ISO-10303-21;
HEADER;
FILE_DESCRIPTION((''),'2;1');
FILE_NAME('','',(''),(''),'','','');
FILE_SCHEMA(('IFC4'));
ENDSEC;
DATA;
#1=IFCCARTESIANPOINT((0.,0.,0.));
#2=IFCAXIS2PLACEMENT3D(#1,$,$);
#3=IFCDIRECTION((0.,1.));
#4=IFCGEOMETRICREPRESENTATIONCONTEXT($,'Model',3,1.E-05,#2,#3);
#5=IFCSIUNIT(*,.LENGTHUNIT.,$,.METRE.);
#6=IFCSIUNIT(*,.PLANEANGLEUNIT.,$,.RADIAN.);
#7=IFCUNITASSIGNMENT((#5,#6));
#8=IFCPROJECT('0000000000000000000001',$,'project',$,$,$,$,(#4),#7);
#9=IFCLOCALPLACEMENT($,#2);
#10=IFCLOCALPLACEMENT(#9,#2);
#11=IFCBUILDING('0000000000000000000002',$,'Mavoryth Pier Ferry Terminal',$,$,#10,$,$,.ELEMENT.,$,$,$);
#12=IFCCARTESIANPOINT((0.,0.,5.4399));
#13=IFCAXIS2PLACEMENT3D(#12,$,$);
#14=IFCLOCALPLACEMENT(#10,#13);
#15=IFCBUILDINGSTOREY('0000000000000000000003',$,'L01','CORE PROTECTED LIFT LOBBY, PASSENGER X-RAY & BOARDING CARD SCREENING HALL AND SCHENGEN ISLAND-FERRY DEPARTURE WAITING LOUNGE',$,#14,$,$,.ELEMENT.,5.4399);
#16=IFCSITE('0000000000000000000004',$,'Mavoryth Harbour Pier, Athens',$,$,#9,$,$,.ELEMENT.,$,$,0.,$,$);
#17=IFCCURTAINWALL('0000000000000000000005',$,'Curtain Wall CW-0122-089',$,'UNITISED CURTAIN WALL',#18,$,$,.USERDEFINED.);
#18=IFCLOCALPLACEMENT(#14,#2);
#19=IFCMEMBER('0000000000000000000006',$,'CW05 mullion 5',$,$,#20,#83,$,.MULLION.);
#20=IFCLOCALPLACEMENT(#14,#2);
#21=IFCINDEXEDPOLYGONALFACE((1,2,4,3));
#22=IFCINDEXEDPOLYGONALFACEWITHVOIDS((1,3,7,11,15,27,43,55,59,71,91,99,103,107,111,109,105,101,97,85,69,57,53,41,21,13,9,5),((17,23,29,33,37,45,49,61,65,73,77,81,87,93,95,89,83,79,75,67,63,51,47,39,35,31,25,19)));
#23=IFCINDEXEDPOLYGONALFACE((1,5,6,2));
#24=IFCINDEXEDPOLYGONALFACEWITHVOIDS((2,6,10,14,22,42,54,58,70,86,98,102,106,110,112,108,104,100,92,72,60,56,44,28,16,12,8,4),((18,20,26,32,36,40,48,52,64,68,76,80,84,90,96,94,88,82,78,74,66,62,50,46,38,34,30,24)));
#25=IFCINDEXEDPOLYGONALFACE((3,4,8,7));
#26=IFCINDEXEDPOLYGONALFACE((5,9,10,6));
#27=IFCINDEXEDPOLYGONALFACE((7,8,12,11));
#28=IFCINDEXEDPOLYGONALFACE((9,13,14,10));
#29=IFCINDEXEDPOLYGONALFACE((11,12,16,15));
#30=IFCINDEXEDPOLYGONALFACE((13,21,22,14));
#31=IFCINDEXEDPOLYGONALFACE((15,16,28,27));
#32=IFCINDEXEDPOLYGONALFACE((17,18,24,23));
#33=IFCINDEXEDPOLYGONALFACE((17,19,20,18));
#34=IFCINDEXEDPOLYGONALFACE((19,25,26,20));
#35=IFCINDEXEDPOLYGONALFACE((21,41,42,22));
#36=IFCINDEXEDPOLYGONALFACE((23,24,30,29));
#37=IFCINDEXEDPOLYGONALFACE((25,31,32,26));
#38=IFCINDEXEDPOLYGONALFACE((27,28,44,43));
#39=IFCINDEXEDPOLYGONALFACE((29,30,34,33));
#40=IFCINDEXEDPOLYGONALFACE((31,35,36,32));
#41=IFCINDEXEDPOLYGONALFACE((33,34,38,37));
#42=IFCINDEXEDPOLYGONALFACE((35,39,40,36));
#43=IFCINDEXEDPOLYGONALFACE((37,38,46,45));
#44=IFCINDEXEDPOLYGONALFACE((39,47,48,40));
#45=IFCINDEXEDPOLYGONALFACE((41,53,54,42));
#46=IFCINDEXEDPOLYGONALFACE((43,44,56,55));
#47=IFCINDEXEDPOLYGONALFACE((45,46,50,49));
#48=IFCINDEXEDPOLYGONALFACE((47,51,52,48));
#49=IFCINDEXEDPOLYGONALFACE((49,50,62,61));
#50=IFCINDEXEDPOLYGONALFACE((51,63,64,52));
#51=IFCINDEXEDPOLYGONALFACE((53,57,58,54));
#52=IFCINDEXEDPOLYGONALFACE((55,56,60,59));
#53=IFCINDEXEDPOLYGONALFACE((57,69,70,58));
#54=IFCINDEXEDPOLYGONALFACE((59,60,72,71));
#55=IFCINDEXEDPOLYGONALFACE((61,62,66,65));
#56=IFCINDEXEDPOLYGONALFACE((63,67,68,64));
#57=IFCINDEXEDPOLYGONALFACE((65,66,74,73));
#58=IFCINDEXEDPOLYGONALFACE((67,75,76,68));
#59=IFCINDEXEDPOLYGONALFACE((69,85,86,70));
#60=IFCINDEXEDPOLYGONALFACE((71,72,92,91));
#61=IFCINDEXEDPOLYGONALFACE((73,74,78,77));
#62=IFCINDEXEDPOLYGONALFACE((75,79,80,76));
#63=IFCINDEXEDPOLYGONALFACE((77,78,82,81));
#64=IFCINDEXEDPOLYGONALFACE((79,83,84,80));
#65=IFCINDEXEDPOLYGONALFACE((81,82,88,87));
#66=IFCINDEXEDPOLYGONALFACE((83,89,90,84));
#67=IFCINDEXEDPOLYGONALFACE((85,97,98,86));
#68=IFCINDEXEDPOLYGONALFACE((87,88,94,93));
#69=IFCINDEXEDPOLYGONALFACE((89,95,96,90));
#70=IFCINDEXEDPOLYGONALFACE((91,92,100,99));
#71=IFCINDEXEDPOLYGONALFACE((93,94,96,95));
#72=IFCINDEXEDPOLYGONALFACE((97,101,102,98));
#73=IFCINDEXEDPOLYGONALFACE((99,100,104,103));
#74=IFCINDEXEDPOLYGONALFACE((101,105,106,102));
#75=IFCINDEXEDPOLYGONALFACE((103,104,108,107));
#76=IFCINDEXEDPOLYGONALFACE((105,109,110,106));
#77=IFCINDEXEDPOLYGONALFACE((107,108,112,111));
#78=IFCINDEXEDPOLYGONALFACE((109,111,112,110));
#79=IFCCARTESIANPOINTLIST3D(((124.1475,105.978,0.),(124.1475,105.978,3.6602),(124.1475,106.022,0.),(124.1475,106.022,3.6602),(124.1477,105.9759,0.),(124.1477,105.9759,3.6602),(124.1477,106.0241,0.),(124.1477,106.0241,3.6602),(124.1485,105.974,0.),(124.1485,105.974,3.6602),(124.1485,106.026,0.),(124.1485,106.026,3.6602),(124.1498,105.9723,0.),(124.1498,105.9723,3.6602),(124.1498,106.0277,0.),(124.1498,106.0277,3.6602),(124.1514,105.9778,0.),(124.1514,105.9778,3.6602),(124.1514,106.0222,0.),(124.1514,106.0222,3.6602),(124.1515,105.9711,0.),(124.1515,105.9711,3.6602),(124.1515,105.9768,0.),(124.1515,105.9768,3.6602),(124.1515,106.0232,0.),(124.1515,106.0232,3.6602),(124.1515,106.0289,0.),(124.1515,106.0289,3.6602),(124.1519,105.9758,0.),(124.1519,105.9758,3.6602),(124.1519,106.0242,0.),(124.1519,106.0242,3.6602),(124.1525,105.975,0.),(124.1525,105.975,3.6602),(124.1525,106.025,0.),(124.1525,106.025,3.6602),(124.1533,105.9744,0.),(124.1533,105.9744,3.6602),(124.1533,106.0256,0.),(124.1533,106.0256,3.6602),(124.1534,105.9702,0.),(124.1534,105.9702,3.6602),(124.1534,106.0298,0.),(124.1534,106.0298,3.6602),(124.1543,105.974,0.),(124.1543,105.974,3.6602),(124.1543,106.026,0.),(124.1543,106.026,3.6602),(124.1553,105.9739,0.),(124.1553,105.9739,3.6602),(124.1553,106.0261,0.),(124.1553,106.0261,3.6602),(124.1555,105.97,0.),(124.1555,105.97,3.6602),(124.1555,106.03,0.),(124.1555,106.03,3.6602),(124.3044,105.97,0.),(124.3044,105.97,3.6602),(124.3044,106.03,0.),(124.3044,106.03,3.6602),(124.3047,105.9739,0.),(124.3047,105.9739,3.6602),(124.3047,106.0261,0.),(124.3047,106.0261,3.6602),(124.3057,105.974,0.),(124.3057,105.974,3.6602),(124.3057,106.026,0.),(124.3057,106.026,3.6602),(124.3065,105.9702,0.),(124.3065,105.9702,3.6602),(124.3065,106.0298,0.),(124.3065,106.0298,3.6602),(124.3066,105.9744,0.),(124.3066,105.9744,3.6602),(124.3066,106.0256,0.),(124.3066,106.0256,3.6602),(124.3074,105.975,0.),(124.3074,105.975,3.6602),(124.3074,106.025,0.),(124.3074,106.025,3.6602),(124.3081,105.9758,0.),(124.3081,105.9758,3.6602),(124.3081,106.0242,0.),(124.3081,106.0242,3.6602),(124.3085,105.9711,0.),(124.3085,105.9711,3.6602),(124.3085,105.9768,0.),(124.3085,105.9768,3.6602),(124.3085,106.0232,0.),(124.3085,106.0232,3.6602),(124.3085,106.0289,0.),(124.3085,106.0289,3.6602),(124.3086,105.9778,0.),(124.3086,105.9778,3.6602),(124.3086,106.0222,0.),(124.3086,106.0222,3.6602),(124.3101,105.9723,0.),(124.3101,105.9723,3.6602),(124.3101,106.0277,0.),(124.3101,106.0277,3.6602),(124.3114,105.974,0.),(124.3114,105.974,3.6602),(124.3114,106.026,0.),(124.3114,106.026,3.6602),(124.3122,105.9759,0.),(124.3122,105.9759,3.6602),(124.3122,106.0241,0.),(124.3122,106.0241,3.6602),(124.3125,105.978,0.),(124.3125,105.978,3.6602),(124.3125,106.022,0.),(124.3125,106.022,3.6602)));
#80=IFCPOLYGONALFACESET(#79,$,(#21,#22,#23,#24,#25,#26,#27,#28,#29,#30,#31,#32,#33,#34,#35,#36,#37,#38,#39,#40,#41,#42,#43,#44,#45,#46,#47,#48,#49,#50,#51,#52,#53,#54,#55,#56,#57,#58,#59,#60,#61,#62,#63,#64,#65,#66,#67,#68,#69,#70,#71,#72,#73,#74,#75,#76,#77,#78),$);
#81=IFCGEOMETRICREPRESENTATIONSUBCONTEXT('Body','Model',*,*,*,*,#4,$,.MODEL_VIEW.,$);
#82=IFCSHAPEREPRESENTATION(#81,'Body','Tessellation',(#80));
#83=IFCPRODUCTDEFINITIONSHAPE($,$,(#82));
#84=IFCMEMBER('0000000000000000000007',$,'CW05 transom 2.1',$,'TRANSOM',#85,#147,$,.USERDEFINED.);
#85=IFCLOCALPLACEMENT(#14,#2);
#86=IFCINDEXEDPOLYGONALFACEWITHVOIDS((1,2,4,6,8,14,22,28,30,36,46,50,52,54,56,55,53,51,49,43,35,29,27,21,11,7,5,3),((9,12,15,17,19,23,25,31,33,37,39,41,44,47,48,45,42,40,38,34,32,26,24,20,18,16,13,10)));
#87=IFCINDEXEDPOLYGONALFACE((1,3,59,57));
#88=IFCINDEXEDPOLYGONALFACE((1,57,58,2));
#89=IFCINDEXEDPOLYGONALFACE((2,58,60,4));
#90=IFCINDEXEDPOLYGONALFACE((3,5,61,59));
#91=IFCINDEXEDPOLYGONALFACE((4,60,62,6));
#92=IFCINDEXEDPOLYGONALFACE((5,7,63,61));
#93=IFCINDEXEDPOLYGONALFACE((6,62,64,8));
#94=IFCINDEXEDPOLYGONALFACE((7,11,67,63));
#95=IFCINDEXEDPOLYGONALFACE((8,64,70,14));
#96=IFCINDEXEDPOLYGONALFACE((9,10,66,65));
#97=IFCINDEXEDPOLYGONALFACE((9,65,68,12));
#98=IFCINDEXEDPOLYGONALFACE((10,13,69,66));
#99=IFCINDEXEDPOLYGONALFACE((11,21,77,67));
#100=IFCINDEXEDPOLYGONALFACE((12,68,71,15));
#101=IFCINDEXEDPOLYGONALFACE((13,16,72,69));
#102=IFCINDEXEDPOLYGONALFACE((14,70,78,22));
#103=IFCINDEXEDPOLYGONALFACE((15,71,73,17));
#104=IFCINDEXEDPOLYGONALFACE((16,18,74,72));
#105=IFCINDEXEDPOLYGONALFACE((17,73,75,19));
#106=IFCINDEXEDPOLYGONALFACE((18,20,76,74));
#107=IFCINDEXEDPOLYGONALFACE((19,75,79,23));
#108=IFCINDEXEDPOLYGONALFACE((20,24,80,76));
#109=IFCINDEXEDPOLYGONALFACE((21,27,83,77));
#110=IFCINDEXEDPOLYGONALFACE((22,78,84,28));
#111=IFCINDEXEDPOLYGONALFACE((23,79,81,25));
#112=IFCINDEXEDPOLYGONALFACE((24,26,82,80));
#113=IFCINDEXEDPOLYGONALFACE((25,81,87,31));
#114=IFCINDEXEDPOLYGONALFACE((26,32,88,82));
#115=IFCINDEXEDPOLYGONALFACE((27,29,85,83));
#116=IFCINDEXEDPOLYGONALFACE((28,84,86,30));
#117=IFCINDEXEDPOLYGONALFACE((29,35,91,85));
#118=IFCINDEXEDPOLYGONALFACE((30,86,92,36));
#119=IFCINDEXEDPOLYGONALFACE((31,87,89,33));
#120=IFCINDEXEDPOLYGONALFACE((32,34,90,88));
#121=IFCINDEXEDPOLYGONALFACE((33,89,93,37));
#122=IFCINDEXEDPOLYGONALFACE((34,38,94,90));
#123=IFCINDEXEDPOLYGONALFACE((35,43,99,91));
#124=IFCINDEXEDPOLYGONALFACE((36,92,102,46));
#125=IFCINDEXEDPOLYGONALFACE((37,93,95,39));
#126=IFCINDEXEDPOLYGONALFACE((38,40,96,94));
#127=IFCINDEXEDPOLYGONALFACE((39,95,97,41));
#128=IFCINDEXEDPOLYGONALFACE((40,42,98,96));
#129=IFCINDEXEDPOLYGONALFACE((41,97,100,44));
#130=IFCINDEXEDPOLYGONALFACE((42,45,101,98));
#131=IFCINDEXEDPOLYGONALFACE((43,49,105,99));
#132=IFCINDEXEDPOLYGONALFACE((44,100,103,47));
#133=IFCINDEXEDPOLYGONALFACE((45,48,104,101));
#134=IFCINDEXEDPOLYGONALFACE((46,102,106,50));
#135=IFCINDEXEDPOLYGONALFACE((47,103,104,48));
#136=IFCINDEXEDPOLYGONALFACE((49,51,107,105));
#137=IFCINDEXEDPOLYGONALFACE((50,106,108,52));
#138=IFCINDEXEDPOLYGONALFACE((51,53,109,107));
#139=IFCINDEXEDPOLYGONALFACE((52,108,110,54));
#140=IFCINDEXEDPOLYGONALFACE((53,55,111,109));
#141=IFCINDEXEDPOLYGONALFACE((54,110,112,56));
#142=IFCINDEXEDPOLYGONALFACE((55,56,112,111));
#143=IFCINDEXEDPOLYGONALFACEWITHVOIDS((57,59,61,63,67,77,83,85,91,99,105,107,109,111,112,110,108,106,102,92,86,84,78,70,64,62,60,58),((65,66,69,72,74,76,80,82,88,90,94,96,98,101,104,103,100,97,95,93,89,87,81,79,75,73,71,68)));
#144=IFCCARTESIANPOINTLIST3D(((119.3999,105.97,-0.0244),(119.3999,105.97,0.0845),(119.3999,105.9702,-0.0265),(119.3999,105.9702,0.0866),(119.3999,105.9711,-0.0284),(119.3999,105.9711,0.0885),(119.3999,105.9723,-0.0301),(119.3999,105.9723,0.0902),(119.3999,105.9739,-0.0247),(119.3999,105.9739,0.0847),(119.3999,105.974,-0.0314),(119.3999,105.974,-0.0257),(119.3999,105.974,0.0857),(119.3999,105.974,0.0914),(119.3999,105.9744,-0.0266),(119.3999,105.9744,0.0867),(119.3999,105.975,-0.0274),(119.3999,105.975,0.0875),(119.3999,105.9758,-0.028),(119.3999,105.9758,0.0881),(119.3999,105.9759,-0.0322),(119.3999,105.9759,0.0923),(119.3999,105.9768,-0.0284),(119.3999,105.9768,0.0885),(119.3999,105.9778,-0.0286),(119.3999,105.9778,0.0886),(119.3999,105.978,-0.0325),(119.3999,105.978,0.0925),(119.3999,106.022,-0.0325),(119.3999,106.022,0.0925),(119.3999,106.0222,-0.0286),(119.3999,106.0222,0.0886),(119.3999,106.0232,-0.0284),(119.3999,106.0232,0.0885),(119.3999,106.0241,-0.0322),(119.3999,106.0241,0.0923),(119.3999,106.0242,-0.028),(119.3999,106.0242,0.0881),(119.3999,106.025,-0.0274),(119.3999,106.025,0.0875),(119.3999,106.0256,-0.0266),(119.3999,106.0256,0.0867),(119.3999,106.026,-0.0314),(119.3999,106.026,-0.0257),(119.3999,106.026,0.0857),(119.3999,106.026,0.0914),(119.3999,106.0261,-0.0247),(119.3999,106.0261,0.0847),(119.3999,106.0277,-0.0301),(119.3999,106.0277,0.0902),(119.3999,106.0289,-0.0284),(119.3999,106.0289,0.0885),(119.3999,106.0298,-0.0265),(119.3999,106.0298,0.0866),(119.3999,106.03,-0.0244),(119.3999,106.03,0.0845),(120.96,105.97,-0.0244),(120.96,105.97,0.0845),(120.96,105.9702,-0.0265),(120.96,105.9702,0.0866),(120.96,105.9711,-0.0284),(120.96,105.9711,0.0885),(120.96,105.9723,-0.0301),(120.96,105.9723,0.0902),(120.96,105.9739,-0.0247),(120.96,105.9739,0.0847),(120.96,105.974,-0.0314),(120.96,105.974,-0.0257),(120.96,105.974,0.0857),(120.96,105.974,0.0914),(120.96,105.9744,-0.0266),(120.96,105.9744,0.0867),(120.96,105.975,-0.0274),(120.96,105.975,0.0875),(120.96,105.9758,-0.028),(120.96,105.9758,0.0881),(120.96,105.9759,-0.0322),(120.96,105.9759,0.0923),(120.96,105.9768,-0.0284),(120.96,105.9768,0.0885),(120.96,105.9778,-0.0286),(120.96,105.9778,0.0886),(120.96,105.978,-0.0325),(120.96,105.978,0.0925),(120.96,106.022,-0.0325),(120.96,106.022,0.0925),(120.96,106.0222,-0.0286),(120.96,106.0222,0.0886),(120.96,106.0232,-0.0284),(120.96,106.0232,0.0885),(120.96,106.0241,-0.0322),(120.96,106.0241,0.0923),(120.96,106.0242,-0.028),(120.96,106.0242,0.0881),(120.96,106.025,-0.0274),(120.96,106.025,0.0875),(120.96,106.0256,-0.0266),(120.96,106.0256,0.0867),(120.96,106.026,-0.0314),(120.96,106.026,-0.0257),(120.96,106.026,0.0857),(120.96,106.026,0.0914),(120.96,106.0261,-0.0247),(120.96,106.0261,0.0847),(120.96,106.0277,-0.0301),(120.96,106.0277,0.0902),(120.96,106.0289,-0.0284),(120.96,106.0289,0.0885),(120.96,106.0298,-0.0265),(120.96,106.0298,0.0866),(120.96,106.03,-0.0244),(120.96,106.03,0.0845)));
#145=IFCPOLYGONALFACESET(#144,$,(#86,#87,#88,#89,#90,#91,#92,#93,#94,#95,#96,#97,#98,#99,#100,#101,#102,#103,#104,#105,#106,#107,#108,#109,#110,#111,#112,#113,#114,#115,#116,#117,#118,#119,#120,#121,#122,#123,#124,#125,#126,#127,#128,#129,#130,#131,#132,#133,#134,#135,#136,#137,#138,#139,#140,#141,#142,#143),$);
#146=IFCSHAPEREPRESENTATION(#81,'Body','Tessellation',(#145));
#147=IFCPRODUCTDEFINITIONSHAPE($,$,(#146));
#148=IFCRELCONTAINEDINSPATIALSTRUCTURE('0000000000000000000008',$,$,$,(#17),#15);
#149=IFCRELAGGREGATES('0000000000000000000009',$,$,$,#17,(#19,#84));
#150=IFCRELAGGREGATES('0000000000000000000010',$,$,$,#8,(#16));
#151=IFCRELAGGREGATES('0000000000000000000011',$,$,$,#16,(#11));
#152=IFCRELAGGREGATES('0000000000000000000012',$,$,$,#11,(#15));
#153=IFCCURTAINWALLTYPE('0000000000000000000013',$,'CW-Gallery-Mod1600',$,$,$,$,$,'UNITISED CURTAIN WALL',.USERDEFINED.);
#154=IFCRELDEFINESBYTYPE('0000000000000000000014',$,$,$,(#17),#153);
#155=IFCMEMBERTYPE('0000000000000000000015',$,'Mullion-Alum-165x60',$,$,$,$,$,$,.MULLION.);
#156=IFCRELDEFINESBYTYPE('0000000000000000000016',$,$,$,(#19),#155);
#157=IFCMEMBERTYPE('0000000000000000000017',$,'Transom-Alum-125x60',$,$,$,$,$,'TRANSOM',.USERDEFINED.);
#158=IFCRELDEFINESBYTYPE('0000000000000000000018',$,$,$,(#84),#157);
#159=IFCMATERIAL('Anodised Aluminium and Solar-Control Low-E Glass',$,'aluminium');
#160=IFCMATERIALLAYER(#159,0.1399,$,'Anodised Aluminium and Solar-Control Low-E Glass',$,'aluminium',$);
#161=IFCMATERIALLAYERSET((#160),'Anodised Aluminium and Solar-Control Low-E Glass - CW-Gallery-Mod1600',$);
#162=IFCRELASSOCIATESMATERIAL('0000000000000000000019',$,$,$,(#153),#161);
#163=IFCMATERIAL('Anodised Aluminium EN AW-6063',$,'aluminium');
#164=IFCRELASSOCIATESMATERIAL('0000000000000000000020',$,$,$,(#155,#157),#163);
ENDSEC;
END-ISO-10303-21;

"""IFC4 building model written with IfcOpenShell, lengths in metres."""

from ifc_helpers import new_model, si_unit, direction, frame, origin, origin_2d, place, context, subcontext, project, spatial, hollow_rectangle, extrude, material, layer, layer_set, material_profile, profile_set, type_object, element, aggregate, save


model = new_model("IFC4")

# Units and contexts
model_context = context("Model", 3, precision=1e-05, world=origin(), true_north=direction((0.0, 1.0)))
body_context = subcontext(model_context, "Body", "Model", "MODEL_VIEW")
ifc_project = project(units=[si_unit("LENGTHUNIT", "METRE"), si_unit("PLANEANGLEUNIT", "RADIAN")], contexts=[model_context])

# Site, building, storey
site_placement = place(None, origin())
site = spatial("IfcSite", under=ifc_project, at=site_placement, Name="Mavoryth Harbour Pier, Athens", CompositionType="ELEMENT", RefElevation=0.0)
building_placement = place(site_placement, origin())
building = spatial("IfcBuilding", under=site, at=building_placement, Name="Mavoryth Pier Ferry Terminal", CompositionType="ELEMENT")
storey_placement = place(building_placement, frame((0.0, 0.0, 5.4399)))
storey = spatial("IfcBuildingStorey", under=building, at=storey_placement, Name="L01", Description="CORE PROTECTED LIFT LOBBY, PASSENGER X-RAY & BOARDING CARD SCREENING HALL AND SCHENGEN ISLAND-FERRY DEPARTURE WAITING LOUNGE", CompositionType="ELEMENT", Elevation=5.4399)

# Curtain wall, members
ifc_material_1 = material(Name="Anodised Aluminium and Solar-Control Low-E Glass", Category="aluminium")
ifc_layer_1 = layer(ifc_material_1, 0.1399, Name="Anodised Aluminium and Solar-Control Low-E Glass", Category="aluminium")
ifc_layer_set_1 = layer_set([ifc_layer_1], Name="Anodised Aluminium and Solar-Control Low-E Glass - CW-Gallery-Mod1600")
curtain_wall_type = type_object("IfcCurtainWallType", Name="CW-Gallery-Mod1600", ElementType="UNITISED CURTAIN WALL", PredefinedType="USERDEFINED", material=ifc_layer_set_1)
curtain_wall_1_placement = place(storey_placement, origin())
curtain_wall_1 = element("IfcCurtainWall", 1, at=curtain_wall_1_placement, inside=storey, type_object=curtain_wall_type, Name="Curtain Wall CW-0122-089", ObjectType="UNITISED CURTAIN WALL", PredefinedType="USERDEFINED")
ifc_material_2 = material(Name="Anodised Aluminium EN AW-6063", Category="aluminium")
ifc_material_profile_1 = material_profile(ifc_material_2, hollow_rectangle(XDim=0.0601, YDim=0.165, WallThickness=0.0039, InnerFilletRadius=0.0039, OuterFilletRadius=0.0081, at=origin_2d()), Name="AL-MULL 165x60x4", Category="aluminium")
ifc_profile_set_1 = profile_set([ifc_material_profile_1], Name="Anodised Aluminium EN AW-6063 - AL-MULL 165x60x4")
member_type_1 = type_object("IfcMemberType", Name="Mullion-Alum-165x60", PredefinedType="MULLION", material=ifc_profile_set_1)
member_1_placement = place(storey_placement, frame((124.23, 106.0, 0.0), z_axis=(0.0, 0.0, 1.0), x_axis=(0.0, 1.0, 0.0)))
member_1 = element("IfcMember", 2, at=member_1_placement, type_object=member_type_1, Name="CW05 mullion 5", PredefinedType="MULLION", context=body_context, shape_type="SweptSolid", body=[
    extrude(hollow_rectangle(XDim=0.0601, YDim=0.165, WallThickness=0.0039, InnerFilletRadius=0.0039, OuterFilletRadius=0.0081, at=origin_2d()), origin(), (0.0, 0.0, 1.0), 3.6602),
])
ifc_material_profile_2 = material_profile(ifc_material_2, hollow_rectangle(XDim=0.0601, YDim=0.125, WallThickness=0.0039, InnerFilletRadius=0.0039, OuterFilletRadius=0.0081, at=origin_2d()), Name="AL-TRAN 125x60x4", Category="aluminium")
ifc_profile_set_2 = profile_set([ifc_material_profile_2], Name="Anodised Aluminium EN AW-6063 - AL-TRAN 125x60x4")
member_type_2 = type_object("IfcMemberType", Name="Transom-Alum-125x60", ElementType="TRANSOM", PredefinedType="USERDEFINED", material=ifc_profile_set_2)
member_2_placement = place(storey_placement, frame((119.3999, 106.0, 0.03), z_axis=(1.0, 0.0, 0.0), x_axis=(0.0, 1.0, 0.0)))
member_2 = element("IfcMember", 3, at=member_2_placement, type_object=member_type_2, Name="CW05 transom 2.1", ObjectType="TRANSOM", PredefinedType="USERDEFINED", context=body_context, shape_type="SweptSolid", body=[
    extrude(hollow_rectangle(XDim=0.0601, YDim=0.125, WallThickness=0.0039, InnerFilletRadius=0.0039, OuterFilletRadius=0.0081, at=origin_2d()), origin(), (0.0, 0.0, 1.0), 1.5601),
])

aggregate(curtain_wall_1, [member_1, member_2])

save(model, "model.ifc")
